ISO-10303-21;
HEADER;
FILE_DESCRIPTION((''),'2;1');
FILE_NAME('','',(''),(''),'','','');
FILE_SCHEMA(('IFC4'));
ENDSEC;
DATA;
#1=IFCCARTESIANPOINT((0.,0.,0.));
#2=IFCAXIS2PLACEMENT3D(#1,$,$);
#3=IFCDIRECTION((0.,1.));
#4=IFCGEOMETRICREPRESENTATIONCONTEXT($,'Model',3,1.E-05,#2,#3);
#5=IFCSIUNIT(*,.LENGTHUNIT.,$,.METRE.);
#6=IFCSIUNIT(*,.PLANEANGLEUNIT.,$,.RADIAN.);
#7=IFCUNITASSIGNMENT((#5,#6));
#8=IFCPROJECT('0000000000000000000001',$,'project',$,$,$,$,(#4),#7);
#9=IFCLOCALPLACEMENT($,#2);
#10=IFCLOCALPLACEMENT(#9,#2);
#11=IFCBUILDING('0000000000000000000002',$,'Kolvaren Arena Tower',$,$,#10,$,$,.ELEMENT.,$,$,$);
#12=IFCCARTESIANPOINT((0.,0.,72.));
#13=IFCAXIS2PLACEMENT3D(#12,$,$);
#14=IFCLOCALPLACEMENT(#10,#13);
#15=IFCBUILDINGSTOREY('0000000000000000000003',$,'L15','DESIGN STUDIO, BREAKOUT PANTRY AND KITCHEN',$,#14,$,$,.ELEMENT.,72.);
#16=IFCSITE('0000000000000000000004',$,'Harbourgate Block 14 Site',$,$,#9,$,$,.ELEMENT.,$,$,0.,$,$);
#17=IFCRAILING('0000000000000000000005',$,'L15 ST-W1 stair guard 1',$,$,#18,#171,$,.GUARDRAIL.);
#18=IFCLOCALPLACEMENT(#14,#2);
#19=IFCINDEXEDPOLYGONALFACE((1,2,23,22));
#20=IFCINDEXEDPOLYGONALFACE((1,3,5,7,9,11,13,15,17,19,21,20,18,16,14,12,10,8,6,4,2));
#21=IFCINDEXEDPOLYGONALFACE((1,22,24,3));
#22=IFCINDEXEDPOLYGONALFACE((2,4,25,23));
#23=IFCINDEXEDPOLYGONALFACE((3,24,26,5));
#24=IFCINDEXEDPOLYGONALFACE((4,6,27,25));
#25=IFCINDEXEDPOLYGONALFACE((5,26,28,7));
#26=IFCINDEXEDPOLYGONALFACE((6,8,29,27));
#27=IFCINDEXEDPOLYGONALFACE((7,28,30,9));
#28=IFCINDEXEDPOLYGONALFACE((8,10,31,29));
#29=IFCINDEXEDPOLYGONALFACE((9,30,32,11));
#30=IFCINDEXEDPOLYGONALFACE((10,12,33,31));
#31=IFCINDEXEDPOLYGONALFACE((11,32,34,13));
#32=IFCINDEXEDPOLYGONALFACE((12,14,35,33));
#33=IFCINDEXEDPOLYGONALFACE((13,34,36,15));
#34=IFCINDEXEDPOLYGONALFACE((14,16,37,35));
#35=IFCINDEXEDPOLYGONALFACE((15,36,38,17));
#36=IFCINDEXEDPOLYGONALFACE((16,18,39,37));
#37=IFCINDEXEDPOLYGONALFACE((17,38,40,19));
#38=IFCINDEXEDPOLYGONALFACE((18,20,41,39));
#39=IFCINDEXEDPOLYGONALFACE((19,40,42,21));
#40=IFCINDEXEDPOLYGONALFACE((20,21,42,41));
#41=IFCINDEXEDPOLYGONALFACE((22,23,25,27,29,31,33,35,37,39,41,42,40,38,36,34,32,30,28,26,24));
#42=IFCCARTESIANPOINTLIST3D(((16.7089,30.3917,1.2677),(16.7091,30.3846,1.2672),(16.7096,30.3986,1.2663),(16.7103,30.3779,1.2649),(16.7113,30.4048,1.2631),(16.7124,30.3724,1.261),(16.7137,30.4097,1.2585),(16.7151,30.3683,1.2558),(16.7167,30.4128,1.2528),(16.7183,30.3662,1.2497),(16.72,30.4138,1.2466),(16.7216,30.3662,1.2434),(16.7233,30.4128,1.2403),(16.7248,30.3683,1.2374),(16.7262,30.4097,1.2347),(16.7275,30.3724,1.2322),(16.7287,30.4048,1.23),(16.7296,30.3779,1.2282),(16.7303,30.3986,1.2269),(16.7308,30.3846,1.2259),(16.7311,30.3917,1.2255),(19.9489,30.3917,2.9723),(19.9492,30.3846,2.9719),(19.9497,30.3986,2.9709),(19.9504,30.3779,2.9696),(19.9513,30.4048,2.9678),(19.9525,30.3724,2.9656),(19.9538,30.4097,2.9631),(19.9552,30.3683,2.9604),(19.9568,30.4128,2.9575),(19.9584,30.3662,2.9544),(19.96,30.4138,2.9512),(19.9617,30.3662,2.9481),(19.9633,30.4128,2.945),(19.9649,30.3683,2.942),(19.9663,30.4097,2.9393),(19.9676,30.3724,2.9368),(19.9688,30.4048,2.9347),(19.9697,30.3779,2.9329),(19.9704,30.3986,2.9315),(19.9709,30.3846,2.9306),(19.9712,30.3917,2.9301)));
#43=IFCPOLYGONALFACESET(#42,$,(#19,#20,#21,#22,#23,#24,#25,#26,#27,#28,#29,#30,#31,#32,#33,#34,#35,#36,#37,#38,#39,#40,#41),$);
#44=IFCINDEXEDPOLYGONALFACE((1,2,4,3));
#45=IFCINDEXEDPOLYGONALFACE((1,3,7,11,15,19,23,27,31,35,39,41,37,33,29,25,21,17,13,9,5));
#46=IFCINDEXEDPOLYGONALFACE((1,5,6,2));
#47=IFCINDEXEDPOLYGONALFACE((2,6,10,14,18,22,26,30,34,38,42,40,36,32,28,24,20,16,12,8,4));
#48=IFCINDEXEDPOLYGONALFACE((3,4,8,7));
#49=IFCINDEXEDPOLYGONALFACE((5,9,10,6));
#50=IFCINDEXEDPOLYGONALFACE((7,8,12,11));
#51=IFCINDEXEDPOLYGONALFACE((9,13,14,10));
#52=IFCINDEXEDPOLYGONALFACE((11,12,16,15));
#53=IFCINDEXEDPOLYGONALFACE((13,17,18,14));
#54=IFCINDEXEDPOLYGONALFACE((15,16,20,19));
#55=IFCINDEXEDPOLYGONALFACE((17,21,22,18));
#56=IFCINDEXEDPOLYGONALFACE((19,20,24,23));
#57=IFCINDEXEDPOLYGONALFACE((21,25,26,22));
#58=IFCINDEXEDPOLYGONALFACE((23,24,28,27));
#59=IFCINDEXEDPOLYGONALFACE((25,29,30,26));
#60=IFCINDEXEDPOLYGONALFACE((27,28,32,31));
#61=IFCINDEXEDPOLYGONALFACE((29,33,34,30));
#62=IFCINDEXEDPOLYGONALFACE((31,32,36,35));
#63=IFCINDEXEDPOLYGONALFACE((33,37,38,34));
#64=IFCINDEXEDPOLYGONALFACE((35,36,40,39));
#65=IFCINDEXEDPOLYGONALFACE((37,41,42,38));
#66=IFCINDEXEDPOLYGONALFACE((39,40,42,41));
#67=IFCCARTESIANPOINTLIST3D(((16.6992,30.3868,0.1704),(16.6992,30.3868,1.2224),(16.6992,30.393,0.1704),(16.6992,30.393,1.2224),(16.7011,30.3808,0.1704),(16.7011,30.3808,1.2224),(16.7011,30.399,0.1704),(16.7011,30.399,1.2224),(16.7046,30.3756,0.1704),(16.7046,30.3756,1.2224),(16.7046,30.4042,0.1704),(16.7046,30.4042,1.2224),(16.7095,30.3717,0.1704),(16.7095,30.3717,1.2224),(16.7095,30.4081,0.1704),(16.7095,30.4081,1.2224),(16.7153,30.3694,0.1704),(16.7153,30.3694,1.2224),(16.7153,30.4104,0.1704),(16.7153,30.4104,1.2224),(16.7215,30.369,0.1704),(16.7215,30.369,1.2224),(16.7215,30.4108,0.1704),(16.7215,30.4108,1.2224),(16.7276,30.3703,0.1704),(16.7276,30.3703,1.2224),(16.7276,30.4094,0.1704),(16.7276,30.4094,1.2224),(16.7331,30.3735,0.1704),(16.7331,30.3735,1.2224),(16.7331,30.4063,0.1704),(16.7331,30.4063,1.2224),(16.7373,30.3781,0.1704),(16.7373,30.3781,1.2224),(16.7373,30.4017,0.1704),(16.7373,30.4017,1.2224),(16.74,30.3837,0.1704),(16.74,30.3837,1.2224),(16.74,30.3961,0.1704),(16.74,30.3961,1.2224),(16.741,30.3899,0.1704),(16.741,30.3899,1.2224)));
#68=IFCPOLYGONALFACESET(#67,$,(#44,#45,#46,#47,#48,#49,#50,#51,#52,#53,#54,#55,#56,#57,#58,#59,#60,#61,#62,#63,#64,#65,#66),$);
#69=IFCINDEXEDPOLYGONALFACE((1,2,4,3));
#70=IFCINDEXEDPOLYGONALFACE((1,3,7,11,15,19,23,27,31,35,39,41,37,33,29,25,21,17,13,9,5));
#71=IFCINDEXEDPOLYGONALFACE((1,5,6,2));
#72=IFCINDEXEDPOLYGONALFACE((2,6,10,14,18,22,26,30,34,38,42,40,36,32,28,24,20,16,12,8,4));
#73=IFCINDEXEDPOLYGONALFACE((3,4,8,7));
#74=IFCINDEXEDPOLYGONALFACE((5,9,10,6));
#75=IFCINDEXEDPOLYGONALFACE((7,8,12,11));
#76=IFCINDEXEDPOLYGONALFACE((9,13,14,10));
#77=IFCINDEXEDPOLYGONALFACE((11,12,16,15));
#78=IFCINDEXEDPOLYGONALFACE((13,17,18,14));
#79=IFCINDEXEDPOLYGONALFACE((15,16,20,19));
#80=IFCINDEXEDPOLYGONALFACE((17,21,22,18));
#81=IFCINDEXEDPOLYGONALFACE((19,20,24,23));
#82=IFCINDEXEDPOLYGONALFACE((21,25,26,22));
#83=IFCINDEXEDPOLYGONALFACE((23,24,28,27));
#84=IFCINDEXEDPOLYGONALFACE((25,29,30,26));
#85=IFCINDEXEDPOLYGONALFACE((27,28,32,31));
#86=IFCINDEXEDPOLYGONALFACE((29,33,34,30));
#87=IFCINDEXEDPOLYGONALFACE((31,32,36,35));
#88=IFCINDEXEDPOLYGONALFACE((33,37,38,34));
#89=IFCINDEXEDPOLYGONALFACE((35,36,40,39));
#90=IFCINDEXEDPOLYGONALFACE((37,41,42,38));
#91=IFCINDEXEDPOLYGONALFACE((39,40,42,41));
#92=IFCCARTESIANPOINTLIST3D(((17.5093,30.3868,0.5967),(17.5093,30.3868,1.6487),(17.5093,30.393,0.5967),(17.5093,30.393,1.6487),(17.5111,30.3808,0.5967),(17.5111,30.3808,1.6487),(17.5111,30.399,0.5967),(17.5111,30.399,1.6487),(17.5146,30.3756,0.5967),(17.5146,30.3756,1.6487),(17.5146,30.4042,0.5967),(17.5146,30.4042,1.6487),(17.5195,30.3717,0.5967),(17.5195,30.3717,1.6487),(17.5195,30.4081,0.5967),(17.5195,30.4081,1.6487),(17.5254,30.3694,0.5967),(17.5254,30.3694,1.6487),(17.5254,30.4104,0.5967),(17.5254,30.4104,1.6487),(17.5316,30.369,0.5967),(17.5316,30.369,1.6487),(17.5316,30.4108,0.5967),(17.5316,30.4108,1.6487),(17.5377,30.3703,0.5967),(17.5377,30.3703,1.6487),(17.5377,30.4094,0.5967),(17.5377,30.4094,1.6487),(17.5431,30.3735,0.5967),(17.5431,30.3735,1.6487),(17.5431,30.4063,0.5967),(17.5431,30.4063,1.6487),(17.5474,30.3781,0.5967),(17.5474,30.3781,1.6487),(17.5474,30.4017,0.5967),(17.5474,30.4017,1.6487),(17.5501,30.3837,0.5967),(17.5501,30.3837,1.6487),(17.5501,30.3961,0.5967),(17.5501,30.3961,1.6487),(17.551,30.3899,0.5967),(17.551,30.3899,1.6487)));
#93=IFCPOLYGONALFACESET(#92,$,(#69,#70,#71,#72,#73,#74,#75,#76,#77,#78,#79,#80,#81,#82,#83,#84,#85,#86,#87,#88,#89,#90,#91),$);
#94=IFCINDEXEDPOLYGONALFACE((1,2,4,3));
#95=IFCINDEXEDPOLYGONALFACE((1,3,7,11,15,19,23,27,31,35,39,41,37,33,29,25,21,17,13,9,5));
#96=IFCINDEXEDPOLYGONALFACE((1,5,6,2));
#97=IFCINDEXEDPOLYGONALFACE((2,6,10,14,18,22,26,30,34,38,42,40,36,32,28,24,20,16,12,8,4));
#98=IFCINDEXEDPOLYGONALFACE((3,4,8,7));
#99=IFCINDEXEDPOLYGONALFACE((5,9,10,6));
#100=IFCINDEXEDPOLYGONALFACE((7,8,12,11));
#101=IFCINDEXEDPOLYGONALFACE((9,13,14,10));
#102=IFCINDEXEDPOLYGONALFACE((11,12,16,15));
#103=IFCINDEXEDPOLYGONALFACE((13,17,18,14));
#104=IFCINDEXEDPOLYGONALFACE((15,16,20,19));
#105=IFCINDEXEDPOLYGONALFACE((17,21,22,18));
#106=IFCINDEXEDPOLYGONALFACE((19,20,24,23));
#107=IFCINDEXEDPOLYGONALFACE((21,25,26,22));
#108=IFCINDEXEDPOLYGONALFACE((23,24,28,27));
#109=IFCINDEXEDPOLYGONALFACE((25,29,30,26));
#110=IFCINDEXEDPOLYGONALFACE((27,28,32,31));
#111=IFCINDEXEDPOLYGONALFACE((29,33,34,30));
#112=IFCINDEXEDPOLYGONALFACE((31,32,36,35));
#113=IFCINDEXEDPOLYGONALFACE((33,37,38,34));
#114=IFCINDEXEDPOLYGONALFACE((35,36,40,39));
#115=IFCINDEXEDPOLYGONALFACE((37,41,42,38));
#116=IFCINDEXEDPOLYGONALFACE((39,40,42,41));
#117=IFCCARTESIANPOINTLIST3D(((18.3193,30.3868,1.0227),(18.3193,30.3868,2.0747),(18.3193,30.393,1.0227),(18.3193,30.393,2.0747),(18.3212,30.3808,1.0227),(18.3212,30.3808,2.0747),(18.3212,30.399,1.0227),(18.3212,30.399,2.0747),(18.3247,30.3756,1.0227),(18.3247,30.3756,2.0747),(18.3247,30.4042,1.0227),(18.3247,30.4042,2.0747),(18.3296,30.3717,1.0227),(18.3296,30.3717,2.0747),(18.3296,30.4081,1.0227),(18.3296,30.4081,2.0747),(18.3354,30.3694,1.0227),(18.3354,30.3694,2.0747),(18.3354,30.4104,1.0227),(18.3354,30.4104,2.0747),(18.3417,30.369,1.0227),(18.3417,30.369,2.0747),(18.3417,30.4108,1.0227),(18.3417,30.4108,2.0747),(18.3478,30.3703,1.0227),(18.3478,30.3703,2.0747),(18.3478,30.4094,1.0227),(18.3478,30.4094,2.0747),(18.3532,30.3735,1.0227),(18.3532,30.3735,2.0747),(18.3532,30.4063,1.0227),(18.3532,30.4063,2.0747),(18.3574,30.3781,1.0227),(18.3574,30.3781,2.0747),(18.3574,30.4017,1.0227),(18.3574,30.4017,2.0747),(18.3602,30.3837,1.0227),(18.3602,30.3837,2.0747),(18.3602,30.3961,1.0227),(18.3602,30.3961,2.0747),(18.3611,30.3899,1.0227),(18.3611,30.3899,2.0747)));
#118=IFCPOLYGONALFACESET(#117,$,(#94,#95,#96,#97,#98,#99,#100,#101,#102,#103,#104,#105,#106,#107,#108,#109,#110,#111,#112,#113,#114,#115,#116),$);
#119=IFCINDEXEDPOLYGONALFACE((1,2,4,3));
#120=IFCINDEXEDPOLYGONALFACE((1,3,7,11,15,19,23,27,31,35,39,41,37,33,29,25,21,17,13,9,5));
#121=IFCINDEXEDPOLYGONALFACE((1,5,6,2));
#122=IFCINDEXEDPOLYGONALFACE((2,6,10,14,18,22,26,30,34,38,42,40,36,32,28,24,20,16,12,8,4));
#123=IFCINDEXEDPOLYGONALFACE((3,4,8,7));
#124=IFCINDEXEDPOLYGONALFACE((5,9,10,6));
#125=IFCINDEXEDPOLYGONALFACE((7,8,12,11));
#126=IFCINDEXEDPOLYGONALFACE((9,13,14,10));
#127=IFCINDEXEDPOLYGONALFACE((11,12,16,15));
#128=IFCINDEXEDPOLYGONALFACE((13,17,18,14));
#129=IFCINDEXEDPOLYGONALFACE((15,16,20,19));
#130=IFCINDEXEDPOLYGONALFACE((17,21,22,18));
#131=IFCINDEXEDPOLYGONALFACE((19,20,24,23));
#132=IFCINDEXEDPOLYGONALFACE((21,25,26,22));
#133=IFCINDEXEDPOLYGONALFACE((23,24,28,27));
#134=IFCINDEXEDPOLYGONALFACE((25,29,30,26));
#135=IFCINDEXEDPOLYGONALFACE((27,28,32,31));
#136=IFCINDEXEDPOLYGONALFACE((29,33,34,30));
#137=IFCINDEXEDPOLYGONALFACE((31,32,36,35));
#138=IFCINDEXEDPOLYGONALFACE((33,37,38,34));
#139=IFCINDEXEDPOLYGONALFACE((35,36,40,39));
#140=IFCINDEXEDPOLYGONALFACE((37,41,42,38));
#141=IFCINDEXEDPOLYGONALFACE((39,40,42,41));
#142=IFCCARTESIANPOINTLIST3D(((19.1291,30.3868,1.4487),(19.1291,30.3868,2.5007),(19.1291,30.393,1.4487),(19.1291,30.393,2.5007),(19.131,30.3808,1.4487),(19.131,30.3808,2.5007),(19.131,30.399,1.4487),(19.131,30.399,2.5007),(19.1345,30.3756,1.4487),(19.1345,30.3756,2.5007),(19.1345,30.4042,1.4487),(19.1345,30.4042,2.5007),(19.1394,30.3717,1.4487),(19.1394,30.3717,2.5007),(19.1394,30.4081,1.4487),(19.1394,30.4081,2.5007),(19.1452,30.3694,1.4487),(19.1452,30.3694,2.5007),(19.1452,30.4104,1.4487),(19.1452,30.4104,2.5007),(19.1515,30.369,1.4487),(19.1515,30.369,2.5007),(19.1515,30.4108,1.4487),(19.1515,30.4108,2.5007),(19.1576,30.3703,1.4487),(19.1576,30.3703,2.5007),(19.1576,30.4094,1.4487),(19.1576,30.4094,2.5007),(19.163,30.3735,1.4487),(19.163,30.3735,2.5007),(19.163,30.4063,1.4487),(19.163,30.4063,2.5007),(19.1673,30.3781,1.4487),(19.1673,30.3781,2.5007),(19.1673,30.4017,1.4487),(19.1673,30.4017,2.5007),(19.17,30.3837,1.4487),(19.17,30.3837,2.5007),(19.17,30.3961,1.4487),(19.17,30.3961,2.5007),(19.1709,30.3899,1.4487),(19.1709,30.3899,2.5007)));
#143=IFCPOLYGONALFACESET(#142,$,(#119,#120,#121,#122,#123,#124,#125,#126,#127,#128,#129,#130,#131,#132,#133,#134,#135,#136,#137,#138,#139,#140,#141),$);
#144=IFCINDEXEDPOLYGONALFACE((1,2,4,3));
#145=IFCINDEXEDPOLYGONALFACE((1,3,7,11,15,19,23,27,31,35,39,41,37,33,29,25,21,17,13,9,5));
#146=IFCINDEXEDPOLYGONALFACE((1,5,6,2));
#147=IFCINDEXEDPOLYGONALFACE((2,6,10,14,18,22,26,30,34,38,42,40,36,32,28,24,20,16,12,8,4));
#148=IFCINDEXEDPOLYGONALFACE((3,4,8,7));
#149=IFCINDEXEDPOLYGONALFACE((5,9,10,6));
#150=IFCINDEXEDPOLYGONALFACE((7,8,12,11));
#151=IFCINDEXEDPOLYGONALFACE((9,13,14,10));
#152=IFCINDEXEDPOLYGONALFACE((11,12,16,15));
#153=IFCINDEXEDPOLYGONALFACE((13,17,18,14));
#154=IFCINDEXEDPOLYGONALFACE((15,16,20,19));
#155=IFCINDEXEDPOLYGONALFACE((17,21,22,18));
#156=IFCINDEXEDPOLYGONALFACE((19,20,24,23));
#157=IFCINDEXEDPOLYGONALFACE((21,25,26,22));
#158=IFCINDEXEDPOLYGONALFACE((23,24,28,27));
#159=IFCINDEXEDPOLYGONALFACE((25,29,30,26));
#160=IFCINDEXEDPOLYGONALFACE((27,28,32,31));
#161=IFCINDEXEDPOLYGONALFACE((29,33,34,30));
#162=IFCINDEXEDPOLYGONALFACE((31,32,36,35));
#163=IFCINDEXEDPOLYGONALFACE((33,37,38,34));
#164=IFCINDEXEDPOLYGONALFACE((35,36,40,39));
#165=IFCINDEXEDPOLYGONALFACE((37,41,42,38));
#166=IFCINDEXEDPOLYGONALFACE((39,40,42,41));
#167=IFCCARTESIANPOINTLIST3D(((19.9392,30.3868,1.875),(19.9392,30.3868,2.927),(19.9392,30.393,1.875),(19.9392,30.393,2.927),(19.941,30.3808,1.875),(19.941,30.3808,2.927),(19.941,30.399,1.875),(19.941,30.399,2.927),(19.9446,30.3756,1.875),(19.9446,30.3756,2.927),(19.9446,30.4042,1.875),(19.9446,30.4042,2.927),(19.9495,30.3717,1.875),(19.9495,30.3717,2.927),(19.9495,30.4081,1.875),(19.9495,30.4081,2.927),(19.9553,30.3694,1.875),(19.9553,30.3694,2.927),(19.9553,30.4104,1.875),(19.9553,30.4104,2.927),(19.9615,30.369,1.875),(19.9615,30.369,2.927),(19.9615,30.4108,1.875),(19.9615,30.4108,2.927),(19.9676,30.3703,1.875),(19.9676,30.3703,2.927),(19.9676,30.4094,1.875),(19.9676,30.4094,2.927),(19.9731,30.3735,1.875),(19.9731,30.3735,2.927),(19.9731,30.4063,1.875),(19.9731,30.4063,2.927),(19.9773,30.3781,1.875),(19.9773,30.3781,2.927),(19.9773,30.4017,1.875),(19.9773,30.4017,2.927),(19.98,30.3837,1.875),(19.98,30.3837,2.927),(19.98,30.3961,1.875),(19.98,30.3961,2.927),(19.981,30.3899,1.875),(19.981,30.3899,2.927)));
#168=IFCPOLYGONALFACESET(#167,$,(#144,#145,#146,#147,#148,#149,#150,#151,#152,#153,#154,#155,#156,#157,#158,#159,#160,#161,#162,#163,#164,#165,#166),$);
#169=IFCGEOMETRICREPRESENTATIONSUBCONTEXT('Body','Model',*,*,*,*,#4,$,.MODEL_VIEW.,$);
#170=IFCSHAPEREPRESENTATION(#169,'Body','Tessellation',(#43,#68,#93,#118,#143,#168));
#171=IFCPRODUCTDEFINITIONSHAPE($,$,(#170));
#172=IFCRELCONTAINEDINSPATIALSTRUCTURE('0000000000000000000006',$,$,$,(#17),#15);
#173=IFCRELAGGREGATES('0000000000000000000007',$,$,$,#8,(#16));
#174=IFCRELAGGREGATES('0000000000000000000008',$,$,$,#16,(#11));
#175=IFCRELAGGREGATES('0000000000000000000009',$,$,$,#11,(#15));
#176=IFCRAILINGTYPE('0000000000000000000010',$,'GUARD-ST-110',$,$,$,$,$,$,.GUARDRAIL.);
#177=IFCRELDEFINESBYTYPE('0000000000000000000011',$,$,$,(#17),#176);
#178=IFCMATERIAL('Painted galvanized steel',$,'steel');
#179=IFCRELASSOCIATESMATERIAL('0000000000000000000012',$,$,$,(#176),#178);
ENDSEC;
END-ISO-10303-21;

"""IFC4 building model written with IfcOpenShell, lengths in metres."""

from ifc_helpers import new_model, si_unit, direction, frame, origin, origin_2d, place, context, subcontext, project, spatial, circle, extrude, material, type_object, element, save


model = new_model("IFC4")

# Units and contexts
model_context = context("Model", 3, precision=1e-05, world=origin(), true_north=direction((0.0, 1.0)))
body_context = subcontext(model_context, "Body", "Model", "MODEL_VIEW")
ifc_project = project(units=[si_unit("LENGTHUNIT", "METRE"), si_unit("PLANEANGLEUNIT", "RADIAN")], contexts=[model_context])

# Site, building, storey
site_placement = place(None, origin())
site = spatial("IfcSite", under=ifc_project, at=site_placement, Name="Harbourgate Block 14 Site", CompositionType="ELEMENT", RefElevation=0.0)
building_placement = place(site_placement, origin())
building = spatial("IfcBuilding", under=site, at=building_placement, Name="Kolvaren Arena Tower", CompositionType="ELEMENT")
storey_placement = place(building_placement, frame((0.0, 0.0, 72.0)))
storey = spatial("IfcBuildingStorey", under=building, at=storey_placement, Name="L15", Description="DESIGN STUDIO, BREAKOUT PANTRY AND KITCHEN", CompositionType="ELEMENT", Elevation=72.0)

# Railing
ifc_material_1 = material(Name="Painted galvanized steel", Category="steel")
railing_type = type_object("IfcRailingType", Name="GUARD-ST-110", PredefinedType="GUARDRAIL", material=ifc_material_1)
railing_1_placement = place(storey_placement, frame((16.72, 30.3899, 0.1704)))
element("IfcRailing", 1, at=railing_1_placement, inside=storey, type_object=railing_type, Name="L15 ST-W1 stair guard 1", PredefinedType="GUARDRAIL", context=body_context, shape_type="SweptSolid", body=[
    extrude(circle(Radius=0.0239, at=origin_2d()), frame((0.0, 0.0, 1.0762), z_axis=(0.884993, 0.0, 0.465604), x_axis=(0.0, 1.0, 0.0)), (0.0, 0.0, 1.0), 3.6611),
    extrude(circle(Radius=0.021, at=origin_2d()), origin(), (0.0, 0.0, 1.0), 1.052),
    extrude(circle(Radius=0.021, at=origin_2d()), frame((0.8101, 0.0, 0.4263)), (0.0, 0.0, 1.0), 1.052),
    extrude(circle(Radius=0.021, at=origin_2d()), frame((1.6201, 0.0, 0.8523)), (0.0, 0.0, 1.0), 1.052),
    extrude(circle(Radius=0.021, at=origin_2d()), frame((2.4299, 0.0, 1.2783)), (0.0, 0.0, 1.0), 1.052),
    extrude(circle(Radius=0.021, at=origin_2d()), frame((3.24, 0.0, 1.7046)), (0.0, 0.0, 1.0), 1.052),
])

save(model, "model.ifc")
